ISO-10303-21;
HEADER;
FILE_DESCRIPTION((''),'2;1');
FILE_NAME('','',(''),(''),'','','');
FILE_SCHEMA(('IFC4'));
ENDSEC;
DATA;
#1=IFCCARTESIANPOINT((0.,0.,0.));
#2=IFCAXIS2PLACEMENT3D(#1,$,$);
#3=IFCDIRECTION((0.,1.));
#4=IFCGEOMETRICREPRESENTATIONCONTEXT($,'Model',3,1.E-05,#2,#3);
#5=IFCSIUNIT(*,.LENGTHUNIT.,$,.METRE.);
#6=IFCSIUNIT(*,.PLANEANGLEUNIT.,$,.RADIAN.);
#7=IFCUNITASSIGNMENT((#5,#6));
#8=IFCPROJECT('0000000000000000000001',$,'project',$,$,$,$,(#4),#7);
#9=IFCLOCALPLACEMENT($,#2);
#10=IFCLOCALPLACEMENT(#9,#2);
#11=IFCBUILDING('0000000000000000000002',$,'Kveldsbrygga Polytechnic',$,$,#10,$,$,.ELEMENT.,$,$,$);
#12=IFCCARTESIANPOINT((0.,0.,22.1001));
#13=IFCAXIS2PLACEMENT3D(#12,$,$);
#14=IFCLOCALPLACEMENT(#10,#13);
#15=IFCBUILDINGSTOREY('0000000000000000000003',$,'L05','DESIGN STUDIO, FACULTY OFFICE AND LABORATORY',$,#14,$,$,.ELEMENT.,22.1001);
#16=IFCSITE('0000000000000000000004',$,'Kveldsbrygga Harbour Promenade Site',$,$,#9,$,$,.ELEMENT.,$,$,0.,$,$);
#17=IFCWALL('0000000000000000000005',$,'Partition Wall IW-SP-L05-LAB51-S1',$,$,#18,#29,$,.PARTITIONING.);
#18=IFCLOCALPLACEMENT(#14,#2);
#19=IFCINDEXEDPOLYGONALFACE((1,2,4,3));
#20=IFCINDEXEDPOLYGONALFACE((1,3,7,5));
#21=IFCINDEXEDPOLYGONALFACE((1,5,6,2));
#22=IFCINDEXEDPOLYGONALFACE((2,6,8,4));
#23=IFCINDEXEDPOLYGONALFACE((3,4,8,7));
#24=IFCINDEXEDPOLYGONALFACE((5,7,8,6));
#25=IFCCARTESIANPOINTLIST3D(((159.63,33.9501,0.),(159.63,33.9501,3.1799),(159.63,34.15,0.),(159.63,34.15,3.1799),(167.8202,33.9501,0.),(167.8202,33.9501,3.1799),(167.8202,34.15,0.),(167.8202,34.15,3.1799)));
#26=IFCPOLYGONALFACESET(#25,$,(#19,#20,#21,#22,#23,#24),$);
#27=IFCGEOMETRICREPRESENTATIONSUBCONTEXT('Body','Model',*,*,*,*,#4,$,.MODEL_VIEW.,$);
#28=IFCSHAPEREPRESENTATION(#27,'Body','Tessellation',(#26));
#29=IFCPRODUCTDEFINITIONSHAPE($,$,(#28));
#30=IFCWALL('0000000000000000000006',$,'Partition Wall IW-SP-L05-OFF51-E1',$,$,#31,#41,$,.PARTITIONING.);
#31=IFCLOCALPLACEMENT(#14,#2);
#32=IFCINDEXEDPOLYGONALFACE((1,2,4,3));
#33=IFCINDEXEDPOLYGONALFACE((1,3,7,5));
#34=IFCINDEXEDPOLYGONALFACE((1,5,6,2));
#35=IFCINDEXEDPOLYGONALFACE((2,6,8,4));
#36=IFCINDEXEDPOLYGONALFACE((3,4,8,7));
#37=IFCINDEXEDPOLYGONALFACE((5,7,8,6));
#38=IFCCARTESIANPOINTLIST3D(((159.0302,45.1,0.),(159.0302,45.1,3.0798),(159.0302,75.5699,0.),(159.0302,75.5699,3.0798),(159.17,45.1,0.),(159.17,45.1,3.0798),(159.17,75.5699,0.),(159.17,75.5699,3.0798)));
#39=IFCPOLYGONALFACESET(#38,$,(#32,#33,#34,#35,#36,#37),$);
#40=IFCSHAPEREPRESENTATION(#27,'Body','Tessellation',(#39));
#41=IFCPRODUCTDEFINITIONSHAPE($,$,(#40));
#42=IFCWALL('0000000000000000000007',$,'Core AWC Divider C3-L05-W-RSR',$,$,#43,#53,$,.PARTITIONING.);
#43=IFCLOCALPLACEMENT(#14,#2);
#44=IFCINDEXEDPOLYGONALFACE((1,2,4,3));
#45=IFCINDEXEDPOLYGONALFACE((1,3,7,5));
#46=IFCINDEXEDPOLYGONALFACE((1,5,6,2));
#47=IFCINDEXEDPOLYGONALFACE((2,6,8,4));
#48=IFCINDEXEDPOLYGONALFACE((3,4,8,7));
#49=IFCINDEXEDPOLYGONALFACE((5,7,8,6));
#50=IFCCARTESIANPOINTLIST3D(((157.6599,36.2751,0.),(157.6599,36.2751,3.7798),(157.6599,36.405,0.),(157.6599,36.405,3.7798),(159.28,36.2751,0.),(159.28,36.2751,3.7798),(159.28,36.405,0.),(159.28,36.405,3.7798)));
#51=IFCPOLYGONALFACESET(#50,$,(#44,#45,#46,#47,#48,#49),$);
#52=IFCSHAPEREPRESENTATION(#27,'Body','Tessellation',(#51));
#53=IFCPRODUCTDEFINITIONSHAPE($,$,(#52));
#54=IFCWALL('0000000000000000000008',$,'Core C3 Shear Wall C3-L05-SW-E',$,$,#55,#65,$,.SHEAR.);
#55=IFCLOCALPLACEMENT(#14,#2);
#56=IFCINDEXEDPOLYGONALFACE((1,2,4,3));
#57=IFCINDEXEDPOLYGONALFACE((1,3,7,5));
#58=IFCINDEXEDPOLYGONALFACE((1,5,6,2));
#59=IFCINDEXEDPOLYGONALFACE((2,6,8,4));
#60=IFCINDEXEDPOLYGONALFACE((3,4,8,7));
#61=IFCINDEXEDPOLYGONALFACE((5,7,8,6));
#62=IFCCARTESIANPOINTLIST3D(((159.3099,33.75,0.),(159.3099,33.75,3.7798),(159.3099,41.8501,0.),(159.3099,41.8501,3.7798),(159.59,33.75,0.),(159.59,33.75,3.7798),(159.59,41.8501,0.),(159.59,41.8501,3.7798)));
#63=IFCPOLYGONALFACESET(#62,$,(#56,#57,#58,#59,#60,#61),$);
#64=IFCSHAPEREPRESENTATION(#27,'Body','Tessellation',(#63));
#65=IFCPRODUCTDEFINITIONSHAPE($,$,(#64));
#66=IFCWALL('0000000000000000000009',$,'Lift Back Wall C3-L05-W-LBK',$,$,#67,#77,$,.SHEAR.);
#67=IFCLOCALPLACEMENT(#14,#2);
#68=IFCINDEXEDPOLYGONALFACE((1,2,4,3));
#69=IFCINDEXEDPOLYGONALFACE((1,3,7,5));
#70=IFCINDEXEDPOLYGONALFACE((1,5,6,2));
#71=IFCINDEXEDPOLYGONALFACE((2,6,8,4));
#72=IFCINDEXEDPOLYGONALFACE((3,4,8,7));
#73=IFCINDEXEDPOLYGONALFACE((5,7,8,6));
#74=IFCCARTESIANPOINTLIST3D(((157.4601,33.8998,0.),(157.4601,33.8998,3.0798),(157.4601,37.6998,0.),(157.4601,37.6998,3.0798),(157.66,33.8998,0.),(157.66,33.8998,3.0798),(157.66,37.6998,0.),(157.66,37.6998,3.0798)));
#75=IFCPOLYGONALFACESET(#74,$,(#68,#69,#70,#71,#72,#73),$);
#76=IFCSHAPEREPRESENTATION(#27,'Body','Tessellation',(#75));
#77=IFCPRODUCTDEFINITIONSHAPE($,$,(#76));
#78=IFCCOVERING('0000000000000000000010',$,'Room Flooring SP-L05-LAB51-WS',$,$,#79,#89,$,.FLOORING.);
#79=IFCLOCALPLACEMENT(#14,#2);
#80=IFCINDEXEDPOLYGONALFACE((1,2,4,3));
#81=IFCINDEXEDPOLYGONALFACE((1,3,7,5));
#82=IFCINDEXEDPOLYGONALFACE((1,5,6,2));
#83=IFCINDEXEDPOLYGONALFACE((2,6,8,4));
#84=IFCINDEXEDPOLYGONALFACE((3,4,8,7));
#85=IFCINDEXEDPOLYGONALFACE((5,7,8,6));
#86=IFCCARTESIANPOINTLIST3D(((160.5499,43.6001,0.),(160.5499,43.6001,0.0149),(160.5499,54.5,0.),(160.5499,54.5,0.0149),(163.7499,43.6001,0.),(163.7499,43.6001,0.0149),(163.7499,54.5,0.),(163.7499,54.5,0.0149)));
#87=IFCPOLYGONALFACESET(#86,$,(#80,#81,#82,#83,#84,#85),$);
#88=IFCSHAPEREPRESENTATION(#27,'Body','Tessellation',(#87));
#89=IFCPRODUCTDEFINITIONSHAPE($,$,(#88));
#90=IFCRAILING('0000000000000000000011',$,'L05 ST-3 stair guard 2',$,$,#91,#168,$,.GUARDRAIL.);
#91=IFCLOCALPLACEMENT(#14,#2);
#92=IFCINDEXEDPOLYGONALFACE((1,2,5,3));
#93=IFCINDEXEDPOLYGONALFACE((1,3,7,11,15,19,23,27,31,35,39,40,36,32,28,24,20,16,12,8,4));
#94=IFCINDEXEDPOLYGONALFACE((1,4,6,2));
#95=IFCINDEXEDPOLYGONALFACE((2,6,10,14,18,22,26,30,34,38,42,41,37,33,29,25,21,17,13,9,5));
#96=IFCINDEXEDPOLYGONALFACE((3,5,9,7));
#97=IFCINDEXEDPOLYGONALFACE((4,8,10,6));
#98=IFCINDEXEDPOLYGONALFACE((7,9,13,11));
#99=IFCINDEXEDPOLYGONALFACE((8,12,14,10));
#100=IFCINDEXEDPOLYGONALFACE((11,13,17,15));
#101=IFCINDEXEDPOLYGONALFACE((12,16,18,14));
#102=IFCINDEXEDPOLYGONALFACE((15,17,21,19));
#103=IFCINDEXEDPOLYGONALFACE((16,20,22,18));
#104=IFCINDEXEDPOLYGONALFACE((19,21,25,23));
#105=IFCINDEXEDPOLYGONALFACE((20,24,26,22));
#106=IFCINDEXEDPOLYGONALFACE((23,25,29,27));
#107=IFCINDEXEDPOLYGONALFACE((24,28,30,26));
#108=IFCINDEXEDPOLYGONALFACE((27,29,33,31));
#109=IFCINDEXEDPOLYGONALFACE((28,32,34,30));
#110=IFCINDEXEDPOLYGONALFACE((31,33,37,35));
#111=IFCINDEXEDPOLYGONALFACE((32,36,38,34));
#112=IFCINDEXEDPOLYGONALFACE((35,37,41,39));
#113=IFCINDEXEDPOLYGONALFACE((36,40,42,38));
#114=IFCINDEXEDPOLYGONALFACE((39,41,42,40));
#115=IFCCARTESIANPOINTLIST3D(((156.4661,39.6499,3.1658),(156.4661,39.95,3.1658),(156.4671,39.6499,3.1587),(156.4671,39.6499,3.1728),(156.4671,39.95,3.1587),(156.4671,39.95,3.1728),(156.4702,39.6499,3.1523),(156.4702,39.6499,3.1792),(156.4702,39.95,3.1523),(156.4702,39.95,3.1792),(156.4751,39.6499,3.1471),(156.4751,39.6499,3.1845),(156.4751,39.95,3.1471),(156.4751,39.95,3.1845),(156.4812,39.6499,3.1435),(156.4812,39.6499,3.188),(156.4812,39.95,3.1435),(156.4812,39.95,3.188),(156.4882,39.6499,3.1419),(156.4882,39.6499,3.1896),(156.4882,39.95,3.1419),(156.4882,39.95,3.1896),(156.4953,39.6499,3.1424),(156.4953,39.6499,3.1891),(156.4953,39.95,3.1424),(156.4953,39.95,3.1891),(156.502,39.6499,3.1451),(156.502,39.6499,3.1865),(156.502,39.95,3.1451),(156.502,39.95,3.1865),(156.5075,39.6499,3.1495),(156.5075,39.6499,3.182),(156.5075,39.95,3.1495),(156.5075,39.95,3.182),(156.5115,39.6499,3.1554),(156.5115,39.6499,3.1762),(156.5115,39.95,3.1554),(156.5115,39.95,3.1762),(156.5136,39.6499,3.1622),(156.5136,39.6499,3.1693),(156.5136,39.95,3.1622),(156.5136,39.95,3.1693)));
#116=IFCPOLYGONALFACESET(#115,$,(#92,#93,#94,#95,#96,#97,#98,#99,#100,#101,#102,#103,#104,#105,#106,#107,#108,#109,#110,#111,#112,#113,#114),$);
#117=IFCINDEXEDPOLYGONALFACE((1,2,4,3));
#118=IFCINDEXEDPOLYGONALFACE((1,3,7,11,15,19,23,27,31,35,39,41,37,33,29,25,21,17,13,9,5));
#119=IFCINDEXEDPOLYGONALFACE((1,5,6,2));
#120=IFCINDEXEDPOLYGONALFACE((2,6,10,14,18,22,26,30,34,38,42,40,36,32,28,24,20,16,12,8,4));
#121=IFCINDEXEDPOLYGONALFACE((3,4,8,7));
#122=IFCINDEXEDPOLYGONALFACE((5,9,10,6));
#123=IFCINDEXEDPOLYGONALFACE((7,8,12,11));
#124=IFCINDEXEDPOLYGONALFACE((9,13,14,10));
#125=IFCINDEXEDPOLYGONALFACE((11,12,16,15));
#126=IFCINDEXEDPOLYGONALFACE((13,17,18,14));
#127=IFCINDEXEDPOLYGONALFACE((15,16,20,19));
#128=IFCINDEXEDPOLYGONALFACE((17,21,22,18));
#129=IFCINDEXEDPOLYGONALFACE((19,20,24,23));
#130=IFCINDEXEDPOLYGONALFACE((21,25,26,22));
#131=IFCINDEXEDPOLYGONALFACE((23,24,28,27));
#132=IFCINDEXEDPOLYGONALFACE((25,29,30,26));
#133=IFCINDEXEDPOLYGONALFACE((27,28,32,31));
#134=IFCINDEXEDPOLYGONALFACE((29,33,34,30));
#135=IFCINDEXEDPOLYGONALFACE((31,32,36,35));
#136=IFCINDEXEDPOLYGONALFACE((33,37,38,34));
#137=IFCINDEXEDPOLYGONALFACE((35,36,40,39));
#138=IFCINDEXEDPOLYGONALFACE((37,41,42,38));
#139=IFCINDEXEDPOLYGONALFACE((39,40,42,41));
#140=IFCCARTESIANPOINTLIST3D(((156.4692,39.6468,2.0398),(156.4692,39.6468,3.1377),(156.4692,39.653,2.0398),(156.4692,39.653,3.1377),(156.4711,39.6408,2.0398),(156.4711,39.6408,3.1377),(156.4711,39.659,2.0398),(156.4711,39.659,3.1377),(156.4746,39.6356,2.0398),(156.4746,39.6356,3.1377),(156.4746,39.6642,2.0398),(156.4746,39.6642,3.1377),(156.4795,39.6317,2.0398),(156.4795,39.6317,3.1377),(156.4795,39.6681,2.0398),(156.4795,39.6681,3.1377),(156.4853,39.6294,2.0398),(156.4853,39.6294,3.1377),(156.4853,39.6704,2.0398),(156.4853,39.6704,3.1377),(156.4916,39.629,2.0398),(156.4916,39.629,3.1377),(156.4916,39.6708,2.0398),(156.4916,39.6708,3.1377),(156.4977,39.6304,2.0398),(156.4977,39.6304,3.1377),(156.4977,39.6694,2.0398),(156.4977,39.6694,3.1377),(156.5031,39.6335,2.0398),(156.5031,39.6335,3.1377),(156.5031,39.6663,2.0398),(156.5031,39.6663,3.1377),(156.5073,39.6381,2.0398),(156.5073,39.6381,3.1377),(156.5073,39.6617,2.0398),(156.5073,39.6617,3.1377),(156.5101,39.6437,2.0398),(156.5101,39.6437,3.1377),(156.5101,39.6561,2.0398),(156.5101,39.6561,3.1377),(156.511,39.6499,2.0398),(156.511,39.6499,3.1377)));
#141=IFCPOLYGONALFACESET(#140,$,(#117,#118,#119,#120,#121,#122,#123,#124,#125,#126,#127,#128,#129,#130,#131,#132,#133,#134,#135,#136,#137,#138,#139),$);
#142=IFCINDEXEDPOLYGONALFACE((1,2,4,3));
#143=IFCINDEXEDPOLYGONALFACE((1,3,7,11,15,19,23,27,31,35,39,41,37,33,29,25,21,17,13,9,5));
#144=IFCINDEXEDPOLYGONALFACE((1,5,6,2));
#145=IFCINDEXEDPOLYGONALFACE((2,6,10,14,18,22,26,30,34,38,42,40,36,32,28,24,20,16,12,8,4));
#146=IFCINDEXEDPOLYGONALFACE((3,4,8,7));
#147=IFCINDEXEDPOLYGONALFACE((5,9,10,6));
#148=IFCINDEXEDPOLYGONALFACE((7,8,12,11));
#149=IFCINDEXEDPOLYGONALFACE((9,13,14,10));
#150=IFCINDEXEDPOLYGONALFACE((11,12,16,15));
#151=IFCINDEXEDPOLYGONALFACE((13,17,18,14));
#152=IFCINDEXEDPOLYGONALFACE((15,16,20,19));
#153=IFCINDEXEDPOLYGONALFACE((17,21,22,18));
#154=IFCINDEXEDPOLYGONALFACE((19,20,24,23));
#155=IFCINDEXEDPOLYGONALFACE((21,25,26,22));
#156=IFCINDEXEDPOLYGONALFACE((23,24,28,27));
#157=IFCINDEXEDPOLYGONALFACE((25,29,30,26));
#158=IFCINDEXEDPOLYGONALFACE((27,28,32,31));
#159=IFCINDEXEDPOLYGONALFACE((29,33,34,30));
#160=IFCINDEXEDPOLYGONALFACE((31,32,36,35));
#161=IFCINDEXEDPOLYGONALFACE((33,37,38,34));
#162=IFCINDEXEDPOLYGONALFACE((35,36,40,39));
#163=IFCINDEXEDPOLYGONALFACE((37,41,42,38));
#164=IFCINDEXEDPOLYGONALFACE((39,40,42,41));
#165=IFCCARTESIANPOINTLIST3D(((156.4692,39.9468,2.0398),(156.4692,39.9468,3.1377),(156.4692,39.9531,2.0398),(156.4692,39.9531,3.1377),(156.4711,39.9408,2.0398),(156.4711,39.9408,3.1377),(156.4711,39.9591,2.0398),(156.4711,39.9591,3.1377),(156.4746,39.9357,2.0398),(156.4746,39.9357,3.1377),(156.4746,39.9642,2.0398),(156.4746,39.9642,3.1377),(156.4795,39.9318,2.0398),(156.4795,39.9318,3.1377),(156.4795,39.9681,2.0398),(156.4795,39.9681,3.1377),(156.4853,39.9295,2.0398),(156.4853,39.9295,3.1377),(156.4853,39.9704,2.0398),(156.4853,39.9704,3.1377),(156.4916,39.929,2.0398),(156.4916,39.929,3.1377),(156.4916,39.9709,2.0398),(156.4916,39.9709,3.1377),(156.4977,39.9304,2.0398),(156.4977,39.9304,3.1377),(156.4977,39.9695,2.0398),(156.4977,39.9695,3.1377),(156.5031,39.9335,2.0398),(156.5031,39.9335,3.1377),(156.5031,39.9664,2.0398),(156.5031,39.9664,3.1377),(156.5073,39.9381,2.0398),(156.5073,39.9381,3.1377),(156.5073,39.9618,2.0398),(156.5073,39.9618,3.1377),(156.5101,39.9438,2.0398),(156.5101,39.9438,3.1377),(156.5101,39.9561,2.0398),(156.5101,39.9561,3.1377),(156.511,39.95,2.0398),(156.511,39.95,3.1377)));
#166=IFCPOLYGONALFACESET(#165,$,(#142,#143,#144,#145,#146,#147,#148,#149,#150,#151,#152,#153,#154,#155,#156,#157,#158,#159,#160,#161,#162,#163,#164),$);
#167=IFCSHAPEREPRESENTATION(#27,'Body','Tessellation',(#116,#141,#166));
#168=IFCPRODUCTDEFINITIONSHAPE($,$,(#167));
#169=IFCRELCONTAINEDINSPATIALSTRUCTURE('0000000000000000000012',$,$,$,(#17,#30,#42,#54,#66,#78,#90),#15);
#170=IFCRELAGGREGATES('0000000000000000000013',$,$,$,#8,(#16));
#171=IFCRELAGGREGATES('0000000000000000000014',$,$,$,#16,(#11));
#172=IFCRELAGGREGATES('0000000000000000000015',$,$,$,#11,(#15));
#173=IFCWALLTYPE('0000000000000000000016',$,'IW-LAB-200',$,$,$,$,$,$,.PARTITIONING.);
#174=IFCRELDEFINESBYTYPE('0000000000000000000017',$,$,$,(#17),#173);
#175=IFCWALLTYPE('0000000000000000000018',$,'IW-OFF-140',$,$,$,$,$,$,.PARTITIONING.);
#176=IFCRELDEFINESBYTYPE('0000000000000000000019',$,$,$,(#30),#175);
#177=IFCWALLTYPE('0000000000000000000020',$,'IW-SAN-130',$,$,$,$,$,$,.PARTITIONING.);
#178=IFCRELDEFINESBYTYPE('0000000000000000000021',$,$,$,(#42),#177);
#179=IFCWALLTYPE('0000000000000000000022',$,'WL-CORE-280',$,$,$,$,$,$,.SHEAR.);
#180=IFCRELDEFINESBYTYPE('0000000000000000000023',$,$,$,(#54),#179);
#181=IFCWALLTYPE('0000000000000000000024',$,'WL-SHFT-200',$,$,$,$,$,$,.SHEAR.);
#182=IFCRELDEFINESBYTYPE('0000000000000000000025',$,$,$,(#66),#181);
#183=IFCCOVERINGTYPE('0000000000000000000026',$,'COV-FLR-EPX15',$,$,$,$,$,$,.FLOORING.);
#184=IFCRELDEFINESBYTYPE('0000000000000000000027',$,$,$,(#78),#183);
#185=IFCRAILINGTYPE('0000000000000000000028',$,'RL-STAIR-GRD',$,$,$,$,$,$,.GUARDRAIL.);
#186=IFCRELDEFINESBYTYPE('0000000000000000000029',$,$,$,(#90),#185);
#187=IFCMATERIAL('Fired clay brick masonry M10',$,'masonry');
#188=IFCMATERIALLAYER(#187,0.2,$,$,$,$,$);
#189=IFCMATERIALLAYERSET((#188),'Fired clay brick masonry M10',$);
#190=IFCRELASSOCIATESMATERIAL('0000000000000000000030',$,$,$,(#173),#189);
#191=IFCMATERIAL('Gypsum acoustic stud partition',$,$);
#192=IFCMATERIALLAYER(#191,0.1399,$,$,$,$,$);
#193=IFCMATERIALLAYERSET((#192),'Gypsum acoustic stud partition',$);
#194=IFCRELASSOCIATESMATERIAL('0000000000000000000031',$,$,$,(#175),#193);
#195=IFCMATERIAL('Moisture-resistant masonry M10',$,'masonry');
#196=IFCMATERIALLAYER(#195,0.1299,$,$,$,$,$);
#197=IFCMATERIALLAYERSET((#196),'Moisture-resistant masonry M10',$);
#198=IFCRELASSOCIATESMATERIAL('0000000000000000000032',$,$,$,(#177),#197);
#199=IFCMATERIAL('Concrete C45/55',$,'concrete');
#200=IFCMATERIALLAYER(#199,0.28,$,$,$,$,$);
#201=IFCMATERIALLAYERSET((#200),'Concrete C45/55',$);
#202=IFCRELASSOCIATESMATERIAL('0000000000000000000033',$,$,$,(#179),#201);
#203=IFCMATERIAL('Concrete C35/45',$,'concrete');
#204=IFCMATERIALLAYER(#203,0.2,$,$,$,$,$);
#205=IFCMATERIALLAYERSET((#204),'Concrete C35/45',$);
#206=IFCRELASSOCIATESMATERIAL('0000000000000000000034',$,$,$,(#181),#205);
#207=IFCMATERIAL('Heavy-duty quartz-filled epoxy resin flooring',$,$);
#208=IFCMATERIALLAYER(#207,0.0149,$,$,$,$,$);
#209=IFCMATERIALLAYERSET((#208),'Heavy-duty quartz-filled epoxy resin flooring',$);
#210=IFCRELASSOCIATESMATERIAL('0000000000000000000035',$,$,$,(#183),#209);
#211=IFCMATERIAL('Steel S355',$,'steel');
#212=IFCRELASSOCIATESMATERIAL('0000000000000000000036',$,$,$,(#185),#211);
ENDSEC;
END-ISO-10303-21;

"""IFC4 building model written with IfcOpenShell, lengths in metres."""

from ifc_helpers import new_model, si_unit, direction, frame, frame_2d, origin, origin_2d, place, context, subcontext, project, spatial, rectangle, circle, extrude, material, layer, layer_set, type_object, element, save


model = new_model("IFC4")

# Units and contexts
model_context = context("Model", 3, precision=1e-05, world=origin(), true_north=direction((0.0, 1.0)))
body_context = subcontext(model_context, "Body", "Model", "MODEL_VIEW")
ifc_project = project(units=[si_unit("LENGTHUNIT", "METRE"), si_unit("PLANEANGLEUNIT", "RADIAN")], contexts=[model_context])

# Site, building, storey
site_placement = place(None, origin())
site = spatial("IfcSite", under=ifc_project, at=site_placement, Name="Kveldsbrygga Harbour Promenade Site", CompositionType="ELEMENT", RefElevation=0.0)
building_placement = place(site_placement, origin())
building = spatial("IfcBuilding", under=site, at=building_placement, Name="Kveldsbrygga Polytechnic", CompositionType="ELEMENT")
storey_placement = place(building_placement, frame((0.0, 0.0, 22.1001)))
storey = spatial("IfcBuildingStorey", under=building, at=storey_placement, Name="L05", Description="DESIGN STUDIO, FACULTY OFFICE AND LABORATORY", CompositionType="ELEMENT", Elevation=22.1001)

# Shared definitions
ifc_material_1 = material(Name="Concrete C45/55", Category="concrete")

# Shared definitions
ifc_material_2 = material(Name="Concrete C35/45", Category="concrete")

# Shared definitions
ifc_material_3 = material(Name="Steel S355", Category="steel")

# Shared definitions
ifc_material_4 = material(Name="Fired clay brick masonry M10", Category="masonry")
ifc_layer_1 = layer(ifc_material_4, 0.2)
ifc_layer_set_1 = layer_set([ifc_layer_1], Name="Fired clay brick masonry M10")
wall_type_1 = type_object("IfcWallType", Name="IW-LAB-200", PredefinedType="PARTITIONING", material=ifc_layer_set_1)

# Walls
wall_1_placement = place(storey_placement, frame((159.6299, 34.05, 0.0), z_axis=(0.0, 0.0, 1.0), x_axis=(1.0, 0.0, 0.0)))
element("IfcWall", 1, at=wall_1_placement, inside=storey, type_object=wall_type_1, Name="Partition Wall IW-SP-L05-LAB51-S1", PredefinedType="PARTITIONING", context=body_context, shape_type="SweptSolid", body=[
    extrude(rectangle(XDim=8.1902, YDim=0.2, at=frame_2d((4.0952, 0.0))), origin(), (0.0, 0.0, 1.0), 3.1799),
])
ifc_material_5 = material(Name="Gypsum acoustic stud partition")
ifc_layer_2 = layer(ifc_material_5, 0.1399)
ifc_layer_set_2 = layer_set([ifc_layer_2], Name="Gypsum acoustic stud partition")
wall_type_2 = type_object("IfcWallType", Name="IW-OFF-140", PredefinedType="PARTITIONING", material=ifc_layer_set_2)
wall_2_placement = place(storey_placement, frame((159.1001, 45.1001, 0.0), z_axis=(0.0, 0.0, 1.0), x_axis=(0.0, 1.0, 0.0)))
element("IfcWall", 2, at=wall_2_placement, inside=storey, type_object=wall_type_2, Name="Partition Wall IW-SP-L05-OFF51-E1", PredefinedType="PARTITIONING", context=body_context, shape_type="SweptSolid", body=[
    extrude(rectangle(XDim=30.47, YDim=0.1399, at=frame_2d((15.2349, 0.0))), origin(), (0.0, 0.0, 1.0), 3.0798),
])
ifc_material_6 = material(Name="Moisture-resistant masonry M10", Category="masonry")
ifc_layer_3 = layer(ifc_material_6, 0.1299)
ifc_layer_set_3 = layer_set([ifc_layer_3], Name="Moisture-resistant masonry M10")
wall_type_3 = type_object("IfcWallType", Name="IW-SAN-130", PredefinedType="PARTITIONING", material=ifc_layer_set_3)
wall_3_placement = place(storey_placement, frame((157.6599, 36.3401, 0.0), z_axis=(0.0, 0.0, 1.0), x_axis=(1.0, 0.0, 0.0)))
element("IfcWall", 3, at=wall_3_placement, inside=storey, type_object=wall_type_3, Name="Core AWC Divider C3-L05-W-RSR", PredefinedType="PARTITIONING", context=body_context, shape_type="SweptSolid", body=[
    extrude(rectangle(XDim=1.6201, YDim=0.1299, at=frame_2d((0.8101, 0.0))), origin(), (0.0, 0.0, 1.0), 3.7798),
])
ifc_layer_4 = layer(ifc_material_1, 0.28)
ifc_layer_set_4 = layer_set([ifc_layer_4], Name="Concrete C45/55")
wall_type_4 = type_object("IfcWallType", Name="WL-CORE-280", PredefinedType="SHEAR", material=ifc_layer_set_4)
wall_4_placement = place(storey_placement, frame((159.45, 33.75, 0.0), z_axis=(0.0, 0.0, 1.0), x_axis=(0.0, 1.0, 0.0)))
element("IfcWall", 4, at=wall_4_placement, inside=storey, type_object=wall_type_4, Name="Core C3 Shear Wall C3-L05-SW-E", PredefinedType="SHEAR", context=body_context, shape_type="SweptSolid", body=[
    extrude(rectangle(XDim=8.1001, YDim=0.28, at=frame_2d((4.05, 0.0))), origin(), (0.0, 0.0, 1.0), 3.7798),
])
ifc_layer_5 = layer(ifc_material_2, 0.2)
ifc_layer_set_5 = layer_set([ifc_layer_5], Name="Concrete C35/45")
wall_type_5 = type_object("IfcWallType", Name="WL-SHFT-200", PredefinedType="SHEAR", material=ifc_layer_set_5)
wall_5_placement = place(storey_placement, frame((157.5601, 33.8999, 0.0), z_axis=(0.0, 0.0, 1.0), x_axis=(0.0, 1.0, 0.0)))
element("IfcWall", 5, at=wall_5_placement, inside=storey, type_object=wall_type_5, Name="Lift Back Wall C3-L05-W-LBK", PredefinedType="SHEAR", context=body_context, shape_type="SweptSolid", body=[
    extrude(rectangle(XDim=3.8, YDim=0.2, at=frame_2d((1.8999, 0.0))), origin(), (0.0, 0.0, 1.0), 3.0798),
])

# Covering
ifc_material_7 = material(Name="Heavy-duty quartz-filled epoxy resin flooring")
ifc_layer_6 = layer(ifc_material_7, 0.0149)
ifc_layer_set_6 = layer_set([ifc_layer_6], Name="Heavy-duty quartz-filled epoxy resin flooring")
covering_type = type_object("IfcCoveringType", Name="COV-FLR-EPX15", PredefinedType="FLOORING", material=ifc_layer_set_6)
covering_placement = place(storey_placement, frame((162.1499, 49.05, 0.0), z_axis=(0.0, 0.0, 1.0), x_axis=(1.0, 0.0, 0.0)))
element("IfcCovering", 6, at=covering_placement, inside=storey, type_object=covering_type, Name="Room Flooring SP-L05-LAB51-WS", PredefinedType="FLOORING", context=body_context, shape_type="SweptSolid", body=[
    extrude(rectangle(XDim=3.2, YDim=10.8999, at=origin_2d()), origin(), (0.0, 0.0, 1.0), 0.0149),
])

# Railing
railing_type = type_object("IfcRailingType", Name="RL-STAIR-GRD", PredefinedType="GUARDRAIL", material=ifc_material_3)
railing_placement = place(storey_placement, frame((156.49, 39.6499, 2.0398)))
element("IfcRailing", 7, at=railing_placement, inside=storey, type_object=railing_type, Name="L05 ST-3 stair guard 2", PredefinedType="GUARDRAIL", context=body_context, shape_type="SweptSolid", body=[
    extrude(circle(Radius=0.0239, at=origin_2d()), frame((0.0, 0.0, 1.126), z_axis=(0.0, 1.0, 0.0), x_axis=(-1.0, 0.0, 0.0)), (0.0, 0.0, 1.0), 0.3),
    extrude(circle(Radius=0.021, at=origin_2d()), origin(), (0.0, 0.0, 1.0), 1.0979),
    extrude(circle(Radius=0.021, at=origin_2d()), frame((0.0, 0.3, 0.0)), (0.0, 0.0, 1.0), 1.0979),
])

save(model, "model.ifc")
